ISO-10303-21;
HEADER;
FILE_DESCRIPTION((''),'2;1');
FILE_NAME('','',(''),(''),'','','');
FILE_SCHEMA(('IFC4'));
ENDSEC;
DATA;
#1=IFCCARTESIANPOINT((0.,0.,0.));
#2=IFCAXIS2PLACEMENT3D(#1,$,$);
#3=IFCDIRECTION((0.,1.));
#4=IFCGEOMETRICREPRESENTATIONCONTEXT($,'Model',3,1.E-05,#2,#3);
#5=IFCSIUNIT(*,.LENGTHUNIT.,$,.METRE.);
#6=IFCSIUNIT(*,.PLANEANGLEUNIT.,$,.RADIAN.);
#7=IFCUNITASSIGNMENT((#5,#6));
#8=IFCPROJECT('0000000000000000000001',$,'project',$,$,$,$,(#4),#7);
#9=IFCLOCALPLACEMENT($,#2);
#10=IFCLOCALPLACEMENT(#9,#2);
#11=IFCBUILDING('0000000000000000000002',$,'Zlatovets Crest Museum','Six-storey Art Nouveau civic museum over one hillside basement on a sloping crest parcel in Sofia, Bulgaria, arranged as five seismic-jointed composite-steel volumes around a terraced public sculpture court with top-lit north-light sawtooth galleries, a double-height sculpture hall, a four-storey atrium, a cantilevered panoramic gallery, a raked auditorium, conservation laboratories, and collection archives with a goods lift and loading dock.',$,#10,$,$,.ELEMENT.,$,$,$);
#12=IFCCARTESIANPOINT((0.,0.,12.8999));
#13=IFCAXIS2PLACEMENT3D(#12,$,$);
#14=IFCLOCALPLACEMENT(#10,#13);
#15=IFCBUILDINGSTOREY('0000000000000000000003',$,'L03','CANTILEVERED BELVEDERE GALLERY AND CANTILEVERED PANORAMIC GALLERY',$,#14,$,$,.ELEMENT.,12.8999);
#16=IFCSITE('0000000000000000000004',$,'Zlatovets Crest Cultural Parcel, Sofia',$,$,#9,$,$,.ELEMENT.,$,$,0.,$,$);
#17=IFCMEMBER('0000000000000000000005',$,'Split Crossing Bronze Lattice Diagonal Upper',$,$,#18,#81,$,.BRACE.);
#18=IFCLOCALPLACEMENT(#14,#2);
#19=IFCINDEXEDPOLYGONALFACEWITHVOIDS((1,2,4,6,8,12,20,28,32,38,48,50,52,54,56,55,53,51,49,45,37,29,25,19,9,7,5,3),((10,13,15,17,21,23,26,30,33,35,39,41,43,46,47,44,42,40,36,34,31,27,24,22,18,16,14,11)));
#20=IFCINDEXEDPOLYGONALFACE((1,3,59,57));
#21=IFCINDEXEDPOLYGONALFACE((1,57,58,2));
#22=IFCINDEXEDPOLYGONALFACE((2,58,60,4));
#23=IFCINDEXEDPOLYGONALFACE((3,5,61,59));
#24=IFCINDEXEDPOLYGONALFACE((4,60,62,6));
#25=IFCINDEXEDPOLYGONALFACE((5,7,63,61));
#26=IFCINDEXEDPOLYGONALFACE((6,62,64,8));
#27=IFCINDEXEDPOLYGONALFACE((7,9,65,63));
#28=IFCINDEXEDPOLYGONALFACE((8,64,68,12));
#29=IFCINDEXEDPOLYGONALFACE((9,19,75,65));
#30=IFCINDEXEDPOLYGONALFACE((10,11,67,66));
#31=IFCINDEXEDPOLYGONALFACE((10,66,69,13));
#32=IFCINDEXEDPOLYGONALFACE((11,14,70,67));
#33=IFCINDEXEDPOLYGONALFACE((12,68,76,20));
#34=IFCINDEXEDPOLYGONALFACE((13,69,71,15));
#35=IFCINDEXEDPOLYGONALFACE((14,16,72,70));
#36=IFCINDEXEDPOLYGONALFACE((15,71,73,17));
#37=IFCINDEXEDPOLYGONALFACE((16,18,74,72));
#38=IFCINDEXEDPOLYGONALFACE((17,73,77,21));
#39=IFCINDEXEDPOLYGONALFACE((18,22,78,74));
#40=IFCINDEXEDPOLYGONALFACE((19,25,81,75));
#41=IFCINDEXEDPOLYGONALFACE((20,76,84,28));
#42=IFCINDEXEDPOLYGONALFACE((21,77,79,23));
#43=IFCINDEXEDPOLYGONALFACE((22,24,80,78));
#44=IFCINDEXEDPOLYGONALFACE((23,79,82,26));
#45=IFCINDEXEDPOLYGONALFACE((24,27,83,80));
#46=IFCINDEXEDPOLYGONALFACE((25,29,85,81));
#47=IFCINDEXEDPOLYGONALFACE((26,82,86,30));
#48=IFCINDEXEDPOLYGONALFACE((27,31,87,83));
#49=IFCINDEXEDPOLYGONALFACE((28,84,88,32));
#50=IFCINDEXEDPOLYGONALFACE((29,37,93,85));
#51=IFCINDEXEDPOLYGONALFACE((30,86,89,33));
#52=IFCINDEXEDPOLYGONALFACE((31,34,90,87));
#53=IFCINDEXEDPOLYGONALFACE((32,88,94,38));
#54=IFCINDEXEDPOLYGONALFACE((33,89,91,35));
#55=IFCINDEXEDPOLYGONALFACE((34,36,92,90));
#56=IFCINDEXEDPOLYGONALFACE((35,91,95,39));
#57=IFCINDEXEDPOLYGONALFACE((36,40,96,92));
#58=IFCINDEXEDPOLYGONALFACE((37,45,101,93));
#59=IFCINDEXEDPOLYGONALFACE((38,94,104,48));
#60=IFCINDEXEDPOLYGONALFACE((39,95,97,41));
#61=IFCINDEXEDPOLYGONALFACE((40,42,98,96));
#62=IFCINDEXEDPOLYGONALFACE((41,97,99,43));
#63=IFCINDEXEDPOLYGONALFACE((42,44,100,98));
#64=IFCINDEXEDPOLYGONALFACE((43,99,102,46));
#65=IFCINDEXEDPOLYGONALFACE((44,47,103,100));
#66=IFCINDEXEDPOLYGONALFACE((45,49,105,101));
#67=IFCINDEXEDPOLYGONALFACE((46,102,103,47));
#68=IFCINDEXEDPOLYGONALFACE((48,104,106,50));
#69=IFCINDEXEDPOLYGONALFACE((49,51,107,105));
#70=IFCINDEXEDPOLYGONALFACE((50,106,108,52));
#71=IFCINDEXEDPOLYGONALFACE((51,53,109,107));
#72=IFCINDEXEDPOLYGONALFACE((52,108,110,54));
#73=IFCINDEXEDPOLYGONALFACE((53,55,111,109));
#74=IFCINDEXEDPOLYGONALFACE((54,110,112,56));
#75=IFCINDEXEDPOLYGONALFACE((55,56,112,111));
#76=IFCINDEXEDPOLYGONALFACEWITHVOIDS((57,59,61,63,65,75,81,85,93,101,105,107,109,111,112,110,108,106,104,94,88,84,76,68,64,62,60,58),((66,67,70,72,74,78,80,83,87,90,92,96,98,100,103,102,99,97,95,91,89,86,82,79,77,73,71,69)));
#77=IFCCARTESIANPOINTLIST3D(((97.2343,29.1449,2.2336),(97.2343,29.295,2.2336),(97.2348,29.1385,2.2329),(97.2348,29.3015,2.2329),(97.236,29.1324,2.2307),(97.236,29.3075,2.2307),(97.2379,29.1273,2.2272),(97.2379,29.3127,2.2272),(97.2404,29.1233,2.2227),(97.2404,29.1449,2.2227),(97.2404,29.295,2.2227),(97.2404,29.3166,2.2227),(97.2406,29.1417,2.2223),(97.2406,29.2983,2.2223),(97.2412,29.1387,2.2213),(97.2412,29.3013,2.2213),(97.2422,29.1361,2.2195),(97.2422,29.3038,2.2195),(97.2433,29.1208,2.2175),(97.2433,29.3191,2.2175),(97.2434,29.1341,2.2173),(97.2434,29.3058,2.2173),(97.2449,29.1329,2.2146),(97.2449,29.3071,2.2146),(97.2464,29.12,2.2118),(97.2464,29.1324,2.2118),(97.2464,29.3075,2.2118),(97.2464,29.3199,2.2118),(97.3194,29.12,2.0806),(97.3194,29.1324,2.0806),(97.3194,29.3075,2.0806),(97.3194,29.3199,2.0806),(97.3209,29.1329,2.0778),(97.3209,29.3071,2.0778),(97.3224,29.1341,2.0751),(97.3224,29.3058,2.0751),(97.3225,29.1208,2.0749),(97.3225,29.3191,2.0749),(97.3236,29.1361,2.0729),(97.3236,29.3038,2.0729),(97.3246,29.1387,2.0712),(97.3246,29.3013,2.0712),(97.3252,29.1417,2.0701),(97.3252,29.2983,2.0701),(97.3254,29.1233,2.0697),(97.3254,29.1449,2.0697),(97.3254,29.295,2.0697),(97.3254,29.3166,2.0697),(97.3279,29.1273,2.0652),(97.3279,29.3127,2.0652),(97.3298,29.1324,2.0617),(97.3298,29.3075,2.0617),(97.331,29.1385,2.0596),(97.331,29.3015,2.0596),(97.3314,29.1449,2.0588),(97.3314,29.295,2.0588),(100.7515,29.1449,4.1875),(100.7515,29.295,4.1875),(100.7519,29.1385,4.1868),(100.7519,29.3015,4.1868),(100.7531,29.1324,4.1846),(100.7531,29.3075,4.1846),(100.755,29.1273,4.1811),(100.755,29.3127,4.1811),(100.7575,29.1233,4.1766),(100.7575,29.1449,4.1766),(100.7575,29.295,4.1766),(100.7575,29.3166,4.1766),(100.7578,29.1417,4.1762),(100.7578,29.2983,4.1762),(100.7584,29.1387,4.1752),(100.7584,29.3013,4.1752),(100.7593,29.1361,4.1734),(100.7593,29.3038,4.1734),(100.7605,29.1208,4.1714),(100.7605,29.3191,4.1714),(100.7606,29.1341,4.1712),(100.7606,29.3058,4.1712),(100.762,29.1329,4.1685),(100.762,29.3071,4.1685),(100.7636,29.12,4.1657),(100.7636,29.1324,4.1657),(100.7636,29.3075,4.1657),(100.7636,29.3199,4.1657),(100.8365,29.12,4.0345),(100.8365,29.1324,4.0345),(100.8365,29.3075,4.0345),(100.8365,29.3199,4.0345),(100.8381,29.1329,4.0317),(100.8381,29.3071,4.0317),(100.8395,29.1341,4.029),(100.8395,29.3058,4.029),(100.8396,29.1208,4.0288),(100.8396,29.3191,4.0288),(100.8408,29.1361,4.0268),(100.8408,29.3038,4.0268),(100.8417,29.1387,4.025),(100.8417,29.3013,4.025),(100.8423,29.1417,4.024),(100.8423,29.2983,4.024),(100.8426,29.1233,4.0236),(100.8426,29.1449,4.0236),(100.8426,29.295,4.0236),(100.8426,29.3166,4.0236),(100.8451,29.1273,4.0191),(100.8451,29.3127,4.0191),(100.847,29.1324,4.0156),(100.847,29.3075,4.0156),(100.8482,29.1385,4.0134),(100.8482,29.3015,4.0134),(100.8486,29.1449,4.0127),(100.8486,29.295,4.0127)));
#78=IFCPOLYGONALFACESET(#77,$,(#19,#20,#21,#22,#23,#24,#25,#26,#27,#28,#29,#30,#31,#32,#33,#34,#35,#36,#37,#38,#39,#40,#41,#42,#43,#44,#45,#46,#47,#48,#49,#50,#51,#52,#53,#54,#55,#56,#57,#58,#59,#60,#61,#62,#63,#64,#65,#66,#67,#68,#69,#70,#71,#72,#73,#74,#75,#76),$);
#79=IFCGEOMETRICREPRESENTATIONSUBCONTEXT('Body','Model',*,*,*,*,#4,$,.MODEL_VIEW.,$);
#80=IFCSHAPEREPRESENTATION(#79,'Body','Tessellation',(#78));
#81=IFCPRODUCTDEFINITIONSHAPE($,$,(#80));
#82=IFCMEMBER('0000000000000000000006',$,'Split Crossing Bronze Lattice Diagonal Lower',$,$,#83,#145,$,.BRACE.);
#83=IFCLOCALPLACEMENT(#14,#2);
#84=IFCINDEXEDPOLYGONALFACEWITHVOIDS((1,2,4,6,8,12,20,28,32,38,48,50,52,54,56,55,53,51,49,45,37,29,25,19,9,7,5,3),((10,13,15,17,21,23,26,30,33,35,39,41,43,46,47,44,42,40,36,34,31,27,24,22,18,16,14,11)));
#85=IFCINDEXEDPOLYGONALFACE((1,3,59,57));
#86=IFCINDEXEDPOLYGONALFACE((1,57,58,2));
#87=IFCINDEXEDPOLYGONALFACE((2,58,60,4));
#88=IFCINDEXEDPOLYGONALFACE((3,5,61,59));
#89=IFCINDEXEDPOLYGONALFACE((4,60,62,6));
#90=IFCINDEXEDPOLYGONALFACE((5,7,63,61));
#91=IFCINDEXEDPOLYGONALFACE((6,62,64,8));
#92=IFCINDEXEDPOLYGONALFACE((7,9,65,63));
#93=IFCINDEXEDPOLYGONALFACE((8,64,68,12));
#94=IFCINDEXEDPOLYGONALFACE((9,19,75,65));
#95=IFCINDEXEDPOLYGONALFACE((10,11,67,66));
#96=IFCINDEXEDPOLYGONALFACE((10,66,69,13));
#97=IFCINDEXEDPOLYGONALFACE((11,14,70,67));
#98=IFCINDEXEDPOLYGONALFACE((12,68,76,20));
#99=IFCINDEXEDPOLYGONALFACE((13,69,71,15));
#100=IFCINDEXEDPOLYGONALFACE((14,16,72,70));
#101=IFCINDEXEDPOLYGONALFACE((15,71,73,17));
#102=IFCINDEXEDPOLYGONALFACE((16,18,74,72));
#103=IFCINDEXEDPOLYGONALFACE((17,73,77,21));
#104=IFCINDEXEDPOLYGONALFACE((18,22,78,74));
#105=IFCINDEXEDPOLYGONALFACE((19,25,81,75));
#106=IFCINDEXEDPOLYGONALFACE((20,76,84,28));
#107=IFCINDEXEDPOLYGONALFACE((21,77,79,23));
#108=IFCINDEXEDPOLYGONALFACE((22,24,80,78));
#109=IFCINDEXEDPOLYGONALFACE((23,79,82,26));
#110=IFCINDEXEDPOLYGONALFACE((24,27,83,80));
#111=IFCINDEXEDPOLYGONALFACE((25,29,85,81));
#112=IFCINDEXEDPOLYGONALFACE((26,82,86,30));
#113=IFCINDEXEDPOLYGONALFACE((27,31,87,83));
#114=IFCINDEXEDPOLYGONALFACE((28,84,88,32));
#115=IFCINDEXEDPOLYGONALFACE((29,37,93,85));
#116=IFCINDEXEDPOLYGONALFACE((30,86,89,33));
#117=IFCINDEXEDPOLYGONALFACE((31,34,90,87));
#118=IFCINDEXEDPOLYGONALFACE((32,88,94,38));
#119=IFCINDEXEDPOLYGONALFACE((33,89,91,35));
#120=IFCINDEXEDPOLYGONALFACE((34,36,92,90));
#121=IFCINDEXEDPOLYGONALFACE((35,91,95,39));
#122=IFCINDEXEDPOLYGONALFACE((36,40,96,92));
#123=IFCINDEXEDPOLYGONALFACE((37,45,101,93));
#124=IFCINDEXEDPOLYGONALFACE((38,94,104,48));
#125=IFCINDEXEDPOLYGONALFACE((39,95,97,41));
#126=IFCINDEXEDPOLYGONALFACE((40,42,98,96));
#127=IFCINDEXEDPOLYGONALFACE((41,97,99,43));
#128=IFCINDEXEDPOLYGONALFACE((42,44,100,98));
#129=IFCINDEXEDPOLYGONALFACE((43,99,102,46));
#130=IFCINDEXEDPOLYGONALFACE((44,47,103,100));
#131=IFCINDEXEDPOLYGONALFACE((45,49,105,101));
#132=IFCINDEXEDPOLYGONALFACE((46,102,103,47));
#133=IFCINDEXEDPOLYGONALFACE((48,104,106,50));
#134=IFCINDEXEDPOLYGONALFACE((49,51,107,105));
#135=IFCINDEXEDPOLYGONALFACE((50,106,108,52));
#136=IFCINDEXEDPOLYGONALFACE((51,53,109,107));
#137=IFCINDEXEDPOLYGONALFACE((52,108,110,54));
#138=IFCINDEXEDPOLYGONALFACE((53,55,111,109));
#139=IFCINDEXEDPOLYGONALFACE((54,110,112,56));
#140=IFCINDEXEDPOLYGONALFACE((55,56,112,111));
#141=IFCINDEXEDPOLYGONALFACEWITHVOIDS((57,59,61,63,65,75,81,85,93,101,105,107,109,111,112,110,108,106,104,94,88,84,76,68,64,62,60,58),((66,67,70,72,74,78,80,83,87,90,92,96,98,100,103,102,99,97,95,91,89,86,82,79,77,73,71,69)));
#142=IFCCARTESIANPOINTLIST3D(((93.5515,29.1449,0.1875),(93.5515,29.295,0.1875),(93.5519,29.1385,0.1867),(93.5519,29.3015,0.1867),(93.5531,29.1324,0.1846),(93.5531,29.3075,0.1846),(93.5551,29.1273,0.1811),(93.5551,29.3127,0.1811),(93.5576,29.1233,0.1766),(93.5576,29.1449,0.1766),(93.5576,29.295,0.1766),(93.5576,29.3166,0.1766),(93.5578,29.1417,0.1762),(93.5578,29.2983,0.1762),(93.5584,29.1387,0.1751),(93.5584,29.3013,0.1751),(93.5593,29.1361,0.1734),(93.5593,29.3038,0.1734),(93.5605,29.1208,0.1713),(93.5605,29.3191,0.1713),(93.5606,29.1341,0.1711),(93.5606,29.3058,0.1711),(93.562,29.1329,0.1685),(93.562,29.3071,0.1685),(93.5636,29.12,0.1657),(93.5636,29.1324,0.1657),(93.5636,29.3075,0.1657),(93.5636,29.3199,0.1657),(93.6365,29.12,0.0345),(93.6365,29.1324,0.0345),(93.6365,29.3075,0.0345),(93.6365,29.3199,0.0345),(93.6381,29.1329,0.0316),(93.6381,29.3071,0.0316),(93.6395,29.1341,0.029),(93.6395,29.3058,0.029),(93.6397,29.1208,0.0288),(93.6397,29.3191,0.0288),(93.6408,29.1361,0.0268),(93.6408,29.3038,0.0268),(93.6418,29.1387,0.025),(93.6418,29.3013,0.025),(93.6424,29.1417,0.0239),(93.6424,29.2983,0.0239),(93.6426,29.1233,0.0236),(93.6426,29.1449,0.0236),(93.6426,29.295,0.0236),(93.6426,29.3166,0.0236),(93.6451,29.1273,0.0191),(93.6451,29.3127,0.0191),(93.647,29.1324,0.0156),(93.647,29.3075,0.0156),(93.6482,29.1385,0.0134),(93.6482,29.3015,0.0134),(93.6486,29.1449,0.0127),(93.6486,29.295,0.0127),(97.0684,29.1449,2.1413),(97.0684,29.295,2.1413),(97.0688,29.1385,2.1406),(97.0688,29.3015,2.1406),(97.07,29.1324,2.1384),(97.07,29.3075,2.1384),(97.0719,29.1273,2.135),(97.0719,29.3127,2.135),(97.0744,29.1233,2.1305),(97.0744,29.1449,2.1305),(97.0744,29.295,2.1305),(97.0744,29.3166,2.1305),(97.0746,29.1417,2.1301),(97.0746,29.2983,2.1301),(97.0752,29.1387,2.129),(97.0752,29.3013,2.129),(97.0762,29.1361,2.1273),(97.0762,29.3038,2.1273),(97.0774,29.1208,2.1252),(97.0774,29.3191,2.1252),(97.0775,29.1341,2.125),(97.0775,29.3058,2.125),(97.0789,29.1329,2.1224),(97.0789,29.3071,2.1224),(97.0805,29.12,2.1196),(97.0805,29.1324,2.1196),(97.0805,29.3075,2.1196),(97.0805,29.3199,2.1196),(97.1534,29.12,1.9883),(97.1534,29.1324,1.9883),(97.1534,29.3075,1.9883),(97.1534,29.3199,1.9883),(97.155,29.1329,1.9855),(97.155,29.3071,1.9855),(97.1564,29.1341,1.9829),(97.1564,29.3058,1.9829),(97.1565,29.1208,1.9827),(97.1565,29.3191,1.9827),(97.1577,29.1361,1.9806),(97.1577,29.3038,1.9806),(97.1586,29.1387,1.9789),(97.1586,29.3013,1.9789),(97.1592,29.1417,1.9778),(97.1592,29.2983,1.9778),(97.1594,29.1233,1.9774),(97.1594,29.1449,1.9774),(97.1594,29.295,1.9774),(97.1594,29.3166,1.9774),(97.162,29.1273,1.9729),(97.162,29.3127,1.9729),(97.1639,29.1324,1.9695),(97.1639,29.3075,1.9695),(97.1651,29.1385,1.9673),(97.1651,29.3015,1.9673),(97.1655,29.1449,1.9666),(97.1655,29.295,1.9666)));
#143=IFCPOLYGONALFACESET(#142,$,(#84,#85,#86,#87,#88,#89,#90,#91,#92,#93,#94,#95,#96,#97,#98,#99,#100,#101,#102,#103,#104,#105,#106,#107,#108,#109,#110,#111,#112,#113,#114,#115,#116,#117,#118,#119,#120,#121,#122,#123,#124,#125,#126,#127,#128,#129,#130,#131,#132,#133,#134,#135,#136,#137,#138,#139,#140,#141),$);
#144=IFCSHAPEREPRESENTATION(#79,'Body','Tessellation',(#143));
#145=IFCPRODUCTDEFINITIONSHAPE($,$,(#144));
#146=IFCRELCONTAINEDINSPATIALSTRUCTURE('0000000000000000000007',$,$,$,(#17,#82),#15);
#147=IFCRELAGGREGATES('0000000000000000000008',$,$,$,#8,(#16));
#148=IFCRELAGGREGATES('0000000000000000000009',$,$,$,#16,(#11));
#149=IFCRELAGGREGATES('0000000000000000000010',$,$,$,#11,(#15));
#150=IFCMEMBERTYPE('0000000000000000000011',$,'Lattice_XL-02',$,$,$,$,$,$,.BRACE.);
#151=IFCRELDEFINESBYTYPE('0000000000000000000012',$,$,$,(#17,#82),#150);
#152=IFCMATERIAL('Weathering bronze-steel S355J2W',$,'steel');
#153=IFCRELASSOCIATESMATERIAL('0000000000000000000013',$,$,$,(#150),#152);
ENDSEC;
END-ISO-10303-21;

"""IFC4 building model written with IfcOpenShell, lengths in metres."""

from ifc_helpers import new_model, si_unit, direction, frame, origin, origin_2d, place, context, subcontext, project, spatial, hollow_rectangle, extrude, material, material_profile, profile_set, type_object, element, save


model = new_model("IFC4")

# Units and contexts
model_context = context("Model", 3, precision=1e-05, world=origin(), true_north=direction((0.0, 1.0)))
body_context = subcontext(model_context, "Body", "Model", "MODEL_VIEW")
ifc_project = project(units=[si_unit("LENGTHUNIT", "METRE"), si_unit("PLANEANGLEUNIT", "RADIAN")], contexts=[model_context])

# Site, building, storey
site_placement = place(None, origin())
site = spatial("IfcSite", under=ifc_project, at=site_placement, Name="Zlatovets Crest Cultural Parcel, Sofia", CompositionType="ELEMENT", RefElevation=0.0)
building_placement = place(site_placement, origin())
building = spatial("IfcBuilding", under=site, at=building_placement, Name="Zlatovets Crest Museum", Description="Six-storey Art Nouveau civic museum over one hillside basement on a sloping crest parcel in Sofia, Bulgaria, arranged as five seismic-jointed composite-steel volumes around a terraced public sculpture court with top-lit north-light sawtooth galleries, a double-height sculpture hall, a four-storey atrium, a cantilevered panoramic gallery, a raked auditorium, conservation laboratories, and collection archives with a goods lift and loading dock.", CompositionType="ELEMENT")
storey_placement = place(building_placement, frame((0.0, 0.0, 12.8999)))
storey = spatial("IfcBuildingStorey", under=building, at=storey_placement, Name="L03", Description="CANTILEVERED BELVEDERE GALLERY AND CANTILEVERED PANORAMIC GALLERY", CompositionType="ELEMENT", Elevation=12.8999)

# Members
ifc_material_1 = material(Name="Weathering bronze-steel S355J2W", Category="steel")
ifc_material_profile_1 = material_profile(ifc_material_1, hollow_rectangle(XDim=0.2, YDim=0.2, WallThickness=0.0125, InnerFilletRadius=0.0125, OuterFilletRadius=0.0249, at=origin_2d()), Name="SHS 200x200x12.5")
ifc_profile_set_1 = profile_set([ifc_material_profile_1], Name="Weathering bronze-steel S355J2W")
member_type_1 = type_object("IfcMemberType", Name="Lattice_XL-02", PredefinedType="BRACE", material=ifc_profile_set_1)
member_1_placement = place(storey_placement, frame((100.8, 29.22, 4.1001), z_axis=(-0.874166, 0.0, -0.485627), x_axis=(0.0, -1.0, 0.0)))
element("IfcMember", 1, at=member_1_placement, inside=storey, type_object=member_type_1, Name="Split Crossing Bronze Lattice Diagonal Upper", PredefinedType="BRACE", context=body_context, shape_type="SweptSolid", body=[
    extrude(hollow_rectangle(XDim=0.2, YDim=0.2, WallThickness=0.0125, InnerFilletRadius=0.0125, OuterFilletRadius=0.0249, at=origin_2d()), origin(), (0.0, 0.0, 1.0), 4.0234),
])
member_2_placement = place(storey_placement, frame((97.1169, 29.22, 2.054), z_axis=(-0.874152, 0.0, -0.485653), x_axis=(0.0, -1.0, 0.0)))
element("IfcMember", 2, at=member_2_placement, inside=storey, type_object=member_type_1, Name="Split Crossing Bronze Lattice Diagonal Lower", PredefinedType="BRACE", context=body_context, shape_type="SweptSolid", body=[
    extrude(hollow_rectangle(XDim=0.2, YDim=0.2, WallThickness=0.0125, InnerFilletRadius=0.0125, OuterFilletRadius=0.0249, at=origin_2d()), origin(), (0.0, 0.0, 1.0), 4.0232),
])

save(model, "model.ifc")
